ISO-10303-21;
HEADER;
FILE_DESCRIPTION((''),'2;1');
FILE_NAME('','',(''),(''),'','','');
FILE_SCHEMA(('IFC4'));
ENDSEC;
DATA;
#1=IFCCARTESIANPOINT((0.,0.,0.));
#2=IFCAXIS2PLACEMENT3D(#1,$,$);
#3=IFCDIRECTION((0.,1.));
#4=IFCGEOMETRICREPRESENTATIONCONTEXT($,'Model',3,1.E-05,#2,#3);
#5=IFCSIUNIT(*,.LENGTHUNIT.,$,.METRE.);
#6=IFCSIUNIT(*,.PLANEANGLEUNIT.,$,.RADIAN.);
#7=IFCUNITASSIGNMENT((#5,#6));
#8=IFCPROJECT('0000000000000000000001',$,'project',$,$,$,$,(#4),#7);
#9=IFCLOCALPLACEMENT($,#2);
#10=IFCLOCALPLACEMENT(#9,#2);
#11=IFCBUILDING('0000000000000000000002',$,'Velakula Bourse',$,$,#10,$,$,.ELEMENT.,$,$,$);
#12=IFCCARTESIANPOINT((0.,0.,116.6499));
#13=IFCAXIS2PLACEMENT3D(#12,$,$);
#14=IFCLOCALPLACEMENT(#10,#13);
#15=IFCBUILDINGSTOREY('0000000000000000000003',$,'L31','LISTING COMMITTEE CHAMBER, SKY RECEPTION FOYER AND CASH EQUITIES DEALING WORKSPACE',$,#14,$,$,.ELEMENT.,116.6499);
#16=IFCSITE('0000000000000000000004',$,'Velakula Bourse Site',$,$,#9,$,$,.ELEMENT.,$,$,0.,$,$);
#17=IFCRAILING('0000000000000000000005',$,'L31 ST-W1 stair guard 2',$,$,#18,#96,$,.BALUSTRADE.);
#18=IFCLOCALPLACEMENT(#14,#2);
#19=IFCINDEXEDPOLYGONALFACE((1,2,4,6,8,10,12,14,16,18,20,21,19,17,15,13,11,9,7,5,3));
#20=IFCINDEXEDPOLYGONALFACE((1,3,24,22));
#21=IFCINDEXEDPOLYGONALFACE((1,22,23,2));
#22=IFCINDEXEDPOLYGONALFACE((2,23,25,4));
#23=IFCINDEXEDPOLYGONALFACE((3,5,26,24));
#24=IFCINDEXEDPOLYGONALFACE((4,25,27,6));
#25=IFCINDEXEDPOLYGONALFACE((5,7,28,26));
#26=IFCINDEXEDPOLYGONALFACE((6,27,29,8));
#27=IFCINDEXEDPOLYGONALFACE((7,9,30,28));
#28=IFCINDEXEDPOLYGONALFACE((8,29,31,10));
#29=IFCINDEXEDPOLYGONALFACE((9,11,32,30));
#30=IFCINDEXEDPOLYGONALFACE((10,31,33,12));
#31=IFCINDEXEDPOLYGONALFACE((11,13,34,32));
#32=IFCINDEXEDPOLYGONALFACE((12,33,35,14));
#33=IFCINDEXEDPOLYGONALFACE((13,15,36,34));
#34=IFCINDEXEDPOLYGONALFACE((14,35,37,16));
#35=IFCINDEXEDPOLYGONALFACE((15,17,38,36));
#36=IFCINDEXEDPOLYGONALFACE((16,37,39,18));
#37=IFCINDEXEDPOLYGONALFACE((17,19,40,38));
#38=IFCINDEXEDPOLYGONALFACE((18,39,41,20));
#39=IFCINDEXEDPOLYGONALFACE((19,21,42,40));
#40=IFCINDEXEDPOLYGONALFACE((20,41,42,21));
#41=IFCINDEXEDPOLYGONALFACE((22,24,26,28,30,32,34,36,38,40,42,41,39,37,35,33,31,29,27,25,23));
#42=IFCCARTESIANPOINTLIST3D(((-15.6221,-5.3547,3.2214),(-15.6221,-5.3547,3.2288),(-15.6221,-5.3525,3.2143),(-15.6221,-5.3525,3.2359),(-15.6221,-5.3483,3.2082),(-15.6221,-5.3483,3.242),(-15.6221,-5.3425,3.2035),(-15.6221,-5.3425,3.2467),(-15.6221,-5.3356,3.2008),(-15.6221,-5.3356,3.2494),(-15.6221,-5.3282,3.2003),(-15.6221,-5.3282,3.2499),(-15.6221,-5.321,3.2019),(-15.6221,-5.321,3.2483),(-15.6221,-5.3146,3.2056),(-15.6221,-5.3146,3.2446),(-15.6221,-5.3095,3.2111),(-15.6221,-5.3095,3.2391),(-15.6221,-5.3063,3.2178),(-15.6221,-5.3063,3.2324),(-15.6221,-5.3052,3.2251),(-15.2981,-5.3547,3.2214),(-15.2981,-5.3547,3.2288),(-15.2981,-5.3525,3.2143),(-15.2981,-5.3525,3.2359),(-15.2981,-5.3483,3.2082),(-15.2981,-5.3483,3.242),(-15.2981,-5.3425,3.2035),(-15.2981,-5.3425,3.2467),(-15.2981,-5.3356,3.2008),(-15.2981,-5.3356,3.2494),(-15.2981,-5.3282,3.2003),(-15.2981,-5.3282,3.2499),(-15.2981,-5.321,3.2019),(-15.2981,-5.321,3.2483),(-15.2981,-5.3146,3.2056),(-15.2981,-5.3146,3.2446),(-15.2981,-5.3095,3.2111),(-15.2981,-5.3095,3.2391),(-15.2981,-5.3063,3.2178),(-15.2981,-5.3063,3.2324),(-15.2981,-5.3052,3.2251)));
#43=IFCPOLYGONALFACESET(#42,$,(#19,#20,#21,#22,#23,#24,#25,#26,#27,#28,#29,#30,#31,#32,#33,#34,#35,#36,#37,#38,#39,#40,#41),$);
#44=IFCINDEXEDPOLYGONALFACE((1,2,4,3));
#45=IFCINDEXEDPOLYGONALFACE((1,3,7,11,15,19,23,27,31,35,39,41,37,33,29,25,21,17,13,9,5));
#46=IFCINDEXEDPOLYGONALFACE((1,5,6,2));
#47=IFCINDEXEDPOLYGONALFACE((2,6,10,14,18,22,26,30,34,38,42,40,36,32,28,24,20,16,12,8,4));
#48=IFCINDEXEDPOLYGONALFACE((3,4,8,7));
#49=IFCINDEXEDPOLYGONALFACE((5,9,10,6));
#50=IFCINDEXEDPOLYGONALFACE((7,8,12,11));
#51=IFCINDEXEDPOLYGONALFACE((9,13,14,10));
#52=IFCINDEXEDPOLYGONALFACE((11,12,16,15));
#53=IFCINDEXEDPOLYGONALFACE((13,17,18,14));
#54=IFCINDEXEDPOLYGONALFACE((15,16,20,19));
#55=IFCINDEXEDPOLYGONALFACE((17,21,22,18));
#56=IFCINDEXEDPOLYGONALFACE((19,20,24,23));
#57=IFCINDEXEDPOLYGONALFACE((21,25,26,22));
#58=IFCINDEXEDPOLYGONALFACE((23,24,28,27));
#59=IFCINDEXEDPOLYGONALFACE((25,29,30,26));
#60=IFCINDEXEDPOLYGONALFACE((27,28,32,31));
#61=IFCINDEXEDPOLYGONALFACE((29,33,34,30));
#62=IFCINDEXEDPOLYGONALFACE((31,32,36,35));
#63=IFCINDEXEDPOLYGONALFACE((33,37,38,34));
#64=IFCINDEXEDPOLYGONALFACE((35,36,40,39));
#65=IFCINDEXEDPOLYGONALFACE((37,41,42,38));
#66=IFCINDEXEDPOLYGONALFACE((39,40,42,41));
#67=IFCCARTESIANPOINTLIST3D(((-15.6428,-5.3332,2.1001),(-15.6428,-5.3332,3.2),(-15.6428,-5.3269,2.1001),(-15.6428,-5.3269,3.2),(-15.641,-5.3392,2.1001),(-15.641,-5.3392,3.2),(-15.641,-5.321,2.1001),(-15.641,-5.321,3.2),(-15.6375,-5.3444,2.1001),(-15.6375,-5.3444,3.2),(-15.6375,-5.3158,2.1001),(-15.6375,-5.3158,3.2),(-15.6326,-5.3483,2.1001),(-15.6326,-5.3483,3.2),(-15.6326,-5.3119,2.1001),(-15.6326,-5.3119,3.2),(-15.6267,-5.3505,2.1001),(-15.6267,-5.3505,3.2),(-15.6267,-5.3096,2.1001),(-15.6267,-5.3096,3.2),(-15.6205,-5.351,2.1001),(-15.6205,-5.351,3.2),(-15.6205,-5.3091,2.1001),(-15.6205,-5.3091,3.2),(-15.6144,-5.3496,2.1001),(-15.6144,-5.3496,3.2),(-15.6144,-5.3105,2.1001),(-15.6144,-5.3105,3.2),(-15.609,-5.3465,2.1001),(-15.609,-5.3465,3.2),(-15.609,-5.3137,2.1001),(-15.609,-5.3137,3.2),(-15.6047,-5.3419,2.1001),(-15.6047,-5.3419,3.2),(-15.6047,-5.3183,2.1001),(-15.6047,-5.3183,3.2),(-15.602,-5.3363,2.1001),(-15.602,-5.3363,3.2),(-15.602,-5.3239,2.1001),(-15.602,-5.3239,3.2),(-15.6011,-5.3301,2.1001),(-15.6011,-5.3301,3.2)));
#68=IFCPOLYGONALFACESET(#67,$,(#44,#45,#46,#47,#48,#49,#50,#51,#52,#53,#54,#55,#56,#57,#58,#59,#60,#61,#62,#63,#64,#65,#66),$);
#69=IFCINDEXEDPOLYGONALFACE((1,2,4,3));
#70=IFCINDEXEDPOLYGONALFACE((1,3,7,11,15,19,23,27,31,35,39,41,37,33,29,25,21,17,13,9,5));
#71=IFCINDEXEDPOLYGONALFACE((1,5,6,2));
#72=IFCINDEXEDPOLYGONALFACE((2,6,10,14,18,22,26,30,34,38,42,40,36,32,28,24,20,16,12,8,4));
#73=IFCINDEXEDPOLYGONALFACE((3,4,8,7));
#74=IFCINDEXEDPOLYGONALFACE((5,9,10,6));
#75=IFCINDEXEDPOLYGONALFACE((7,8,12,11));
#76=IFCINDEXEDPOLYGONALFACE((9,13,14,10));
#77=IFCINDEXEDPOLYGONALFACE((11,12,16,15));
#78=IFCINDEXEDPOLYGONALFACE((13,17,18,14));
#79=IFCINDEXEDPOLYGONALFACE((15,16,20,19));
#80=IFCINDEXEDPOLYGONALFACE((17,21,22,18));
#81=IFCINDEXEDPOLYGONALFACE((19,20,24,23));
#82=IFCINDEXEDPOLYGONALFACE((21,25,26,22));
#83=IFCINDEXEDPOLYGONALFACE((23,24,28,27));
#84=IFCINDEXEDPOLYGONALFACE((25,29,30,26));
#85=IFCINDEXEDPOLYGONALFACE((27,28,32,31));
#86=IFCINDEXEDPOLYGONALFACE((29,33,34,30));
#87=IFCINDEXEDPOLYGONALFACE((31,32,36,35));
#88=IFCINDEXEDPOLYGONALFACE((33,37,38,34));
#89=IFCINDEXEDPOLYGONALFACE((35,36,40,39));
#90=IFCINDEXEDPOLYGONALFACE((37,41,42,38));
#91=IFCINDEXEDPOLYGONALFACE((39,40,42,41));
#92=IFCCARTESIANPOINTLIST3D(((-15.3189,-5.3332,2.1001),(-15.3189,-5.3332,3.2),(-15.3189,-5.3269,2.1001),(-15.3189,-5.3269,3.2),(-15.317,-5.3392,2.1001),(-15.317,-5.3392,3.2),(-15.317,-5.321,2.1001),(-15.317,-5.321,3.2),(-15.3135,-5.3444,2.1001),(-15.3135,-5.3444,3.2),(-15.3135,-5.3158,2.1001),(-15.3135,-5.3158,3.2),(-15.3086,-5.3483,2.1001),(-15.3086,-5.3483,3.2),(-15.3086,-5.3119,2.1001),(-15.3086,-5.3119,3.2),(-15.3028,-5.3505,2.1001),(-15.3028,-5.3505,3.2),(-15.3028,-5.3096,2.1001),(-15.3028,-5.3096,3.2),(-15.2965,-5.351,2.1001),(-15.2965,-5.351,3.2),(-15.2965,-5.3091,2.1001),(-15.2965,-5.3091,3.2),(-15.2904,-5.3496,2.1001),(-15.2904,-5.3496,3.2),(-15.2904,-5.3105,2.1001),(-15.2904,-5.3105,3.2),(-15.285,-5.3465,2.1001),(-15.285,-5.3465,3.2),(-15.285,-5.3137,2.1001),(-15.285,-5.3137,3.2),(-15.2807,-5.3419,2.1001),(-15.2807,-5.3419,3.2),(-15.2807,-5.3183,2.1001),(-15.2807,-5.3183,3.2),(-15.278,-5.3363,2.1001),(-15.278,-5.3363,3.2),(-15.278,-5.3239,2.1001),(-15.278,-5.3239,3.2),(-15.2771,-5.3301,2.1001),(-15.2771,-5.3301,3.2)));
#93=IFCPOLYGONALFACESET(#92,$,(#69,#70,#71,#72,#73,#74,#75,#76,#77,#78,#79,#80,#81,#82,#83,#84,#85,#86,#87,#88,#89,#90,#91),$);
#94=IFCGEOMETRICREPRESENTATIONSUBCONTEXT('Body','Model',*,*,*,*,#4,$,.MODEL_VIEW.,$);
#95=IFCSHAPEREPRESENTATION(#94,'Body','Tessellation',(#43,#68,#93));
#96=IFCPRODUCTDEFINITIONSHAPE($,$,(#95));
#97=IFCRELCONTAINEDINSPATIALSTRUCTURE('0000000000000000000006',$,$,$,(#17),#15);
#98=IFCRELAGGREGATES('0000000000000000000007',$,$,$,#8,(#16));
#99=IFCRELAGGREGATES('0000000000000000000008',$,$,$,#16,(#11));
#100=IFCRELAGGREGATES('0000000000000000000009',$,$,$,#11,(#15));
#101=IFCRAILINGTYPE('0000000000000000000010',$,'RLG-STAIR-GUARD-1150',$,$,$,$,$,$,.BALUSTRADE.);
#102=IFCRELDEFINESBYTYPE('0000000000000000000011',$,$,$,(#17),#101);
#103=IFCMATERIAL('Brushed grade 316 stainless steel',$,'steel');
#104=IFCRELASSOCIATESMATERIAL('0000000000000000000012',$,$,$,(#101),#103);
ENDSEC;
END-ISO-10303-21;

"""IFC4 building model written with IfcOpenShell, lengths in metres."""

from ifc_helpers import new_model, si_unit, direction, frame, origin, origin_2d, place, context, subcontext, project, spatial, circle, extrude, material, type_object, element, save


model = new_model("IFC4")

# Units and contexts
model_context = context("Model", 3, precision=1e-05, world=origin(), true_north=direction((0.0, 1.0)))
body_context = subcontext(model_context, "Body", "Model", "MODEL_VIEW")
ifc_project = project(units=[si_unit("LENGTHUNIT", "METRE"), si_unit("PLANEANGLEUNIT", "RADIAN")], contexts=[model_context])

# Site, building, storey
site_placement = place(None, origin())
site = spatial("IfcSite", under=ifc_project, at=site_placement, Name="Velakula Bourse Site", CompositionType="ELEMENT", RefElevation=0.0)
building_placement = place(site_placement, origin())
building = spatial("IfcBuilding", under=site, at=building_placement, Name="Velakula Bourse", CompositionType="ELEMENT")
storey_placement = place(building_placement, frame((0.0, 0.0, 116.6499)))
storey = spatial("IfcBuildingStorey", under=building, at=storey_placement, Name="L31", Description="LISTING COMMITTEE CHAMBER, SKY RECEPTION FOYER AND CASH EQUITIES DEALING WORKSPACE", CompositionType="ELEMENT", Elevation=116.6499)

# Shared definitions
ifc_material_1 = material(Name="Brushed grade 316 stainless steel", Category="steel")

# Railing
railing_type_1 = type_object("IfcRailingType", Name="RLG-STAIR-GUARD-1150", PredefinedType="BALUSTRADE", material=ifc_material_1)
railing_1_placement = place(storey_placement, frame((-15.6221, -5.3301, 2.1001)))
element("IfcRailing", 1, at=railing_1_placement, inside=storey, type_object=railing_type_1, Name="L31 ST-W1 stair guard 2", PredefinedType="BALUSTRADE", context=body_context, shape_type="SweptSolid", body=[
    extrude(circle(Radius=0.0249, at=origin_2d()), frame((0.0, 0.0, 1.125), z_axis=(1.0, 0.0, 0.0), x_axis=(0.0, 1.0, 0.0)), (0.0, 0.0, 1.0), 0.324),
    extrude(circle(Radius=0.021, at=origin_2d()), origin(), (0.0, 0.0, 1.0), 1.0999),
    extrude(circle(Radius=0.021, at=origin_2d()), frame((0.324, 0.0, 0.0)), (0.0, 0.0, 1.0), 1.0999),
])

save(model, "model.ifc")
